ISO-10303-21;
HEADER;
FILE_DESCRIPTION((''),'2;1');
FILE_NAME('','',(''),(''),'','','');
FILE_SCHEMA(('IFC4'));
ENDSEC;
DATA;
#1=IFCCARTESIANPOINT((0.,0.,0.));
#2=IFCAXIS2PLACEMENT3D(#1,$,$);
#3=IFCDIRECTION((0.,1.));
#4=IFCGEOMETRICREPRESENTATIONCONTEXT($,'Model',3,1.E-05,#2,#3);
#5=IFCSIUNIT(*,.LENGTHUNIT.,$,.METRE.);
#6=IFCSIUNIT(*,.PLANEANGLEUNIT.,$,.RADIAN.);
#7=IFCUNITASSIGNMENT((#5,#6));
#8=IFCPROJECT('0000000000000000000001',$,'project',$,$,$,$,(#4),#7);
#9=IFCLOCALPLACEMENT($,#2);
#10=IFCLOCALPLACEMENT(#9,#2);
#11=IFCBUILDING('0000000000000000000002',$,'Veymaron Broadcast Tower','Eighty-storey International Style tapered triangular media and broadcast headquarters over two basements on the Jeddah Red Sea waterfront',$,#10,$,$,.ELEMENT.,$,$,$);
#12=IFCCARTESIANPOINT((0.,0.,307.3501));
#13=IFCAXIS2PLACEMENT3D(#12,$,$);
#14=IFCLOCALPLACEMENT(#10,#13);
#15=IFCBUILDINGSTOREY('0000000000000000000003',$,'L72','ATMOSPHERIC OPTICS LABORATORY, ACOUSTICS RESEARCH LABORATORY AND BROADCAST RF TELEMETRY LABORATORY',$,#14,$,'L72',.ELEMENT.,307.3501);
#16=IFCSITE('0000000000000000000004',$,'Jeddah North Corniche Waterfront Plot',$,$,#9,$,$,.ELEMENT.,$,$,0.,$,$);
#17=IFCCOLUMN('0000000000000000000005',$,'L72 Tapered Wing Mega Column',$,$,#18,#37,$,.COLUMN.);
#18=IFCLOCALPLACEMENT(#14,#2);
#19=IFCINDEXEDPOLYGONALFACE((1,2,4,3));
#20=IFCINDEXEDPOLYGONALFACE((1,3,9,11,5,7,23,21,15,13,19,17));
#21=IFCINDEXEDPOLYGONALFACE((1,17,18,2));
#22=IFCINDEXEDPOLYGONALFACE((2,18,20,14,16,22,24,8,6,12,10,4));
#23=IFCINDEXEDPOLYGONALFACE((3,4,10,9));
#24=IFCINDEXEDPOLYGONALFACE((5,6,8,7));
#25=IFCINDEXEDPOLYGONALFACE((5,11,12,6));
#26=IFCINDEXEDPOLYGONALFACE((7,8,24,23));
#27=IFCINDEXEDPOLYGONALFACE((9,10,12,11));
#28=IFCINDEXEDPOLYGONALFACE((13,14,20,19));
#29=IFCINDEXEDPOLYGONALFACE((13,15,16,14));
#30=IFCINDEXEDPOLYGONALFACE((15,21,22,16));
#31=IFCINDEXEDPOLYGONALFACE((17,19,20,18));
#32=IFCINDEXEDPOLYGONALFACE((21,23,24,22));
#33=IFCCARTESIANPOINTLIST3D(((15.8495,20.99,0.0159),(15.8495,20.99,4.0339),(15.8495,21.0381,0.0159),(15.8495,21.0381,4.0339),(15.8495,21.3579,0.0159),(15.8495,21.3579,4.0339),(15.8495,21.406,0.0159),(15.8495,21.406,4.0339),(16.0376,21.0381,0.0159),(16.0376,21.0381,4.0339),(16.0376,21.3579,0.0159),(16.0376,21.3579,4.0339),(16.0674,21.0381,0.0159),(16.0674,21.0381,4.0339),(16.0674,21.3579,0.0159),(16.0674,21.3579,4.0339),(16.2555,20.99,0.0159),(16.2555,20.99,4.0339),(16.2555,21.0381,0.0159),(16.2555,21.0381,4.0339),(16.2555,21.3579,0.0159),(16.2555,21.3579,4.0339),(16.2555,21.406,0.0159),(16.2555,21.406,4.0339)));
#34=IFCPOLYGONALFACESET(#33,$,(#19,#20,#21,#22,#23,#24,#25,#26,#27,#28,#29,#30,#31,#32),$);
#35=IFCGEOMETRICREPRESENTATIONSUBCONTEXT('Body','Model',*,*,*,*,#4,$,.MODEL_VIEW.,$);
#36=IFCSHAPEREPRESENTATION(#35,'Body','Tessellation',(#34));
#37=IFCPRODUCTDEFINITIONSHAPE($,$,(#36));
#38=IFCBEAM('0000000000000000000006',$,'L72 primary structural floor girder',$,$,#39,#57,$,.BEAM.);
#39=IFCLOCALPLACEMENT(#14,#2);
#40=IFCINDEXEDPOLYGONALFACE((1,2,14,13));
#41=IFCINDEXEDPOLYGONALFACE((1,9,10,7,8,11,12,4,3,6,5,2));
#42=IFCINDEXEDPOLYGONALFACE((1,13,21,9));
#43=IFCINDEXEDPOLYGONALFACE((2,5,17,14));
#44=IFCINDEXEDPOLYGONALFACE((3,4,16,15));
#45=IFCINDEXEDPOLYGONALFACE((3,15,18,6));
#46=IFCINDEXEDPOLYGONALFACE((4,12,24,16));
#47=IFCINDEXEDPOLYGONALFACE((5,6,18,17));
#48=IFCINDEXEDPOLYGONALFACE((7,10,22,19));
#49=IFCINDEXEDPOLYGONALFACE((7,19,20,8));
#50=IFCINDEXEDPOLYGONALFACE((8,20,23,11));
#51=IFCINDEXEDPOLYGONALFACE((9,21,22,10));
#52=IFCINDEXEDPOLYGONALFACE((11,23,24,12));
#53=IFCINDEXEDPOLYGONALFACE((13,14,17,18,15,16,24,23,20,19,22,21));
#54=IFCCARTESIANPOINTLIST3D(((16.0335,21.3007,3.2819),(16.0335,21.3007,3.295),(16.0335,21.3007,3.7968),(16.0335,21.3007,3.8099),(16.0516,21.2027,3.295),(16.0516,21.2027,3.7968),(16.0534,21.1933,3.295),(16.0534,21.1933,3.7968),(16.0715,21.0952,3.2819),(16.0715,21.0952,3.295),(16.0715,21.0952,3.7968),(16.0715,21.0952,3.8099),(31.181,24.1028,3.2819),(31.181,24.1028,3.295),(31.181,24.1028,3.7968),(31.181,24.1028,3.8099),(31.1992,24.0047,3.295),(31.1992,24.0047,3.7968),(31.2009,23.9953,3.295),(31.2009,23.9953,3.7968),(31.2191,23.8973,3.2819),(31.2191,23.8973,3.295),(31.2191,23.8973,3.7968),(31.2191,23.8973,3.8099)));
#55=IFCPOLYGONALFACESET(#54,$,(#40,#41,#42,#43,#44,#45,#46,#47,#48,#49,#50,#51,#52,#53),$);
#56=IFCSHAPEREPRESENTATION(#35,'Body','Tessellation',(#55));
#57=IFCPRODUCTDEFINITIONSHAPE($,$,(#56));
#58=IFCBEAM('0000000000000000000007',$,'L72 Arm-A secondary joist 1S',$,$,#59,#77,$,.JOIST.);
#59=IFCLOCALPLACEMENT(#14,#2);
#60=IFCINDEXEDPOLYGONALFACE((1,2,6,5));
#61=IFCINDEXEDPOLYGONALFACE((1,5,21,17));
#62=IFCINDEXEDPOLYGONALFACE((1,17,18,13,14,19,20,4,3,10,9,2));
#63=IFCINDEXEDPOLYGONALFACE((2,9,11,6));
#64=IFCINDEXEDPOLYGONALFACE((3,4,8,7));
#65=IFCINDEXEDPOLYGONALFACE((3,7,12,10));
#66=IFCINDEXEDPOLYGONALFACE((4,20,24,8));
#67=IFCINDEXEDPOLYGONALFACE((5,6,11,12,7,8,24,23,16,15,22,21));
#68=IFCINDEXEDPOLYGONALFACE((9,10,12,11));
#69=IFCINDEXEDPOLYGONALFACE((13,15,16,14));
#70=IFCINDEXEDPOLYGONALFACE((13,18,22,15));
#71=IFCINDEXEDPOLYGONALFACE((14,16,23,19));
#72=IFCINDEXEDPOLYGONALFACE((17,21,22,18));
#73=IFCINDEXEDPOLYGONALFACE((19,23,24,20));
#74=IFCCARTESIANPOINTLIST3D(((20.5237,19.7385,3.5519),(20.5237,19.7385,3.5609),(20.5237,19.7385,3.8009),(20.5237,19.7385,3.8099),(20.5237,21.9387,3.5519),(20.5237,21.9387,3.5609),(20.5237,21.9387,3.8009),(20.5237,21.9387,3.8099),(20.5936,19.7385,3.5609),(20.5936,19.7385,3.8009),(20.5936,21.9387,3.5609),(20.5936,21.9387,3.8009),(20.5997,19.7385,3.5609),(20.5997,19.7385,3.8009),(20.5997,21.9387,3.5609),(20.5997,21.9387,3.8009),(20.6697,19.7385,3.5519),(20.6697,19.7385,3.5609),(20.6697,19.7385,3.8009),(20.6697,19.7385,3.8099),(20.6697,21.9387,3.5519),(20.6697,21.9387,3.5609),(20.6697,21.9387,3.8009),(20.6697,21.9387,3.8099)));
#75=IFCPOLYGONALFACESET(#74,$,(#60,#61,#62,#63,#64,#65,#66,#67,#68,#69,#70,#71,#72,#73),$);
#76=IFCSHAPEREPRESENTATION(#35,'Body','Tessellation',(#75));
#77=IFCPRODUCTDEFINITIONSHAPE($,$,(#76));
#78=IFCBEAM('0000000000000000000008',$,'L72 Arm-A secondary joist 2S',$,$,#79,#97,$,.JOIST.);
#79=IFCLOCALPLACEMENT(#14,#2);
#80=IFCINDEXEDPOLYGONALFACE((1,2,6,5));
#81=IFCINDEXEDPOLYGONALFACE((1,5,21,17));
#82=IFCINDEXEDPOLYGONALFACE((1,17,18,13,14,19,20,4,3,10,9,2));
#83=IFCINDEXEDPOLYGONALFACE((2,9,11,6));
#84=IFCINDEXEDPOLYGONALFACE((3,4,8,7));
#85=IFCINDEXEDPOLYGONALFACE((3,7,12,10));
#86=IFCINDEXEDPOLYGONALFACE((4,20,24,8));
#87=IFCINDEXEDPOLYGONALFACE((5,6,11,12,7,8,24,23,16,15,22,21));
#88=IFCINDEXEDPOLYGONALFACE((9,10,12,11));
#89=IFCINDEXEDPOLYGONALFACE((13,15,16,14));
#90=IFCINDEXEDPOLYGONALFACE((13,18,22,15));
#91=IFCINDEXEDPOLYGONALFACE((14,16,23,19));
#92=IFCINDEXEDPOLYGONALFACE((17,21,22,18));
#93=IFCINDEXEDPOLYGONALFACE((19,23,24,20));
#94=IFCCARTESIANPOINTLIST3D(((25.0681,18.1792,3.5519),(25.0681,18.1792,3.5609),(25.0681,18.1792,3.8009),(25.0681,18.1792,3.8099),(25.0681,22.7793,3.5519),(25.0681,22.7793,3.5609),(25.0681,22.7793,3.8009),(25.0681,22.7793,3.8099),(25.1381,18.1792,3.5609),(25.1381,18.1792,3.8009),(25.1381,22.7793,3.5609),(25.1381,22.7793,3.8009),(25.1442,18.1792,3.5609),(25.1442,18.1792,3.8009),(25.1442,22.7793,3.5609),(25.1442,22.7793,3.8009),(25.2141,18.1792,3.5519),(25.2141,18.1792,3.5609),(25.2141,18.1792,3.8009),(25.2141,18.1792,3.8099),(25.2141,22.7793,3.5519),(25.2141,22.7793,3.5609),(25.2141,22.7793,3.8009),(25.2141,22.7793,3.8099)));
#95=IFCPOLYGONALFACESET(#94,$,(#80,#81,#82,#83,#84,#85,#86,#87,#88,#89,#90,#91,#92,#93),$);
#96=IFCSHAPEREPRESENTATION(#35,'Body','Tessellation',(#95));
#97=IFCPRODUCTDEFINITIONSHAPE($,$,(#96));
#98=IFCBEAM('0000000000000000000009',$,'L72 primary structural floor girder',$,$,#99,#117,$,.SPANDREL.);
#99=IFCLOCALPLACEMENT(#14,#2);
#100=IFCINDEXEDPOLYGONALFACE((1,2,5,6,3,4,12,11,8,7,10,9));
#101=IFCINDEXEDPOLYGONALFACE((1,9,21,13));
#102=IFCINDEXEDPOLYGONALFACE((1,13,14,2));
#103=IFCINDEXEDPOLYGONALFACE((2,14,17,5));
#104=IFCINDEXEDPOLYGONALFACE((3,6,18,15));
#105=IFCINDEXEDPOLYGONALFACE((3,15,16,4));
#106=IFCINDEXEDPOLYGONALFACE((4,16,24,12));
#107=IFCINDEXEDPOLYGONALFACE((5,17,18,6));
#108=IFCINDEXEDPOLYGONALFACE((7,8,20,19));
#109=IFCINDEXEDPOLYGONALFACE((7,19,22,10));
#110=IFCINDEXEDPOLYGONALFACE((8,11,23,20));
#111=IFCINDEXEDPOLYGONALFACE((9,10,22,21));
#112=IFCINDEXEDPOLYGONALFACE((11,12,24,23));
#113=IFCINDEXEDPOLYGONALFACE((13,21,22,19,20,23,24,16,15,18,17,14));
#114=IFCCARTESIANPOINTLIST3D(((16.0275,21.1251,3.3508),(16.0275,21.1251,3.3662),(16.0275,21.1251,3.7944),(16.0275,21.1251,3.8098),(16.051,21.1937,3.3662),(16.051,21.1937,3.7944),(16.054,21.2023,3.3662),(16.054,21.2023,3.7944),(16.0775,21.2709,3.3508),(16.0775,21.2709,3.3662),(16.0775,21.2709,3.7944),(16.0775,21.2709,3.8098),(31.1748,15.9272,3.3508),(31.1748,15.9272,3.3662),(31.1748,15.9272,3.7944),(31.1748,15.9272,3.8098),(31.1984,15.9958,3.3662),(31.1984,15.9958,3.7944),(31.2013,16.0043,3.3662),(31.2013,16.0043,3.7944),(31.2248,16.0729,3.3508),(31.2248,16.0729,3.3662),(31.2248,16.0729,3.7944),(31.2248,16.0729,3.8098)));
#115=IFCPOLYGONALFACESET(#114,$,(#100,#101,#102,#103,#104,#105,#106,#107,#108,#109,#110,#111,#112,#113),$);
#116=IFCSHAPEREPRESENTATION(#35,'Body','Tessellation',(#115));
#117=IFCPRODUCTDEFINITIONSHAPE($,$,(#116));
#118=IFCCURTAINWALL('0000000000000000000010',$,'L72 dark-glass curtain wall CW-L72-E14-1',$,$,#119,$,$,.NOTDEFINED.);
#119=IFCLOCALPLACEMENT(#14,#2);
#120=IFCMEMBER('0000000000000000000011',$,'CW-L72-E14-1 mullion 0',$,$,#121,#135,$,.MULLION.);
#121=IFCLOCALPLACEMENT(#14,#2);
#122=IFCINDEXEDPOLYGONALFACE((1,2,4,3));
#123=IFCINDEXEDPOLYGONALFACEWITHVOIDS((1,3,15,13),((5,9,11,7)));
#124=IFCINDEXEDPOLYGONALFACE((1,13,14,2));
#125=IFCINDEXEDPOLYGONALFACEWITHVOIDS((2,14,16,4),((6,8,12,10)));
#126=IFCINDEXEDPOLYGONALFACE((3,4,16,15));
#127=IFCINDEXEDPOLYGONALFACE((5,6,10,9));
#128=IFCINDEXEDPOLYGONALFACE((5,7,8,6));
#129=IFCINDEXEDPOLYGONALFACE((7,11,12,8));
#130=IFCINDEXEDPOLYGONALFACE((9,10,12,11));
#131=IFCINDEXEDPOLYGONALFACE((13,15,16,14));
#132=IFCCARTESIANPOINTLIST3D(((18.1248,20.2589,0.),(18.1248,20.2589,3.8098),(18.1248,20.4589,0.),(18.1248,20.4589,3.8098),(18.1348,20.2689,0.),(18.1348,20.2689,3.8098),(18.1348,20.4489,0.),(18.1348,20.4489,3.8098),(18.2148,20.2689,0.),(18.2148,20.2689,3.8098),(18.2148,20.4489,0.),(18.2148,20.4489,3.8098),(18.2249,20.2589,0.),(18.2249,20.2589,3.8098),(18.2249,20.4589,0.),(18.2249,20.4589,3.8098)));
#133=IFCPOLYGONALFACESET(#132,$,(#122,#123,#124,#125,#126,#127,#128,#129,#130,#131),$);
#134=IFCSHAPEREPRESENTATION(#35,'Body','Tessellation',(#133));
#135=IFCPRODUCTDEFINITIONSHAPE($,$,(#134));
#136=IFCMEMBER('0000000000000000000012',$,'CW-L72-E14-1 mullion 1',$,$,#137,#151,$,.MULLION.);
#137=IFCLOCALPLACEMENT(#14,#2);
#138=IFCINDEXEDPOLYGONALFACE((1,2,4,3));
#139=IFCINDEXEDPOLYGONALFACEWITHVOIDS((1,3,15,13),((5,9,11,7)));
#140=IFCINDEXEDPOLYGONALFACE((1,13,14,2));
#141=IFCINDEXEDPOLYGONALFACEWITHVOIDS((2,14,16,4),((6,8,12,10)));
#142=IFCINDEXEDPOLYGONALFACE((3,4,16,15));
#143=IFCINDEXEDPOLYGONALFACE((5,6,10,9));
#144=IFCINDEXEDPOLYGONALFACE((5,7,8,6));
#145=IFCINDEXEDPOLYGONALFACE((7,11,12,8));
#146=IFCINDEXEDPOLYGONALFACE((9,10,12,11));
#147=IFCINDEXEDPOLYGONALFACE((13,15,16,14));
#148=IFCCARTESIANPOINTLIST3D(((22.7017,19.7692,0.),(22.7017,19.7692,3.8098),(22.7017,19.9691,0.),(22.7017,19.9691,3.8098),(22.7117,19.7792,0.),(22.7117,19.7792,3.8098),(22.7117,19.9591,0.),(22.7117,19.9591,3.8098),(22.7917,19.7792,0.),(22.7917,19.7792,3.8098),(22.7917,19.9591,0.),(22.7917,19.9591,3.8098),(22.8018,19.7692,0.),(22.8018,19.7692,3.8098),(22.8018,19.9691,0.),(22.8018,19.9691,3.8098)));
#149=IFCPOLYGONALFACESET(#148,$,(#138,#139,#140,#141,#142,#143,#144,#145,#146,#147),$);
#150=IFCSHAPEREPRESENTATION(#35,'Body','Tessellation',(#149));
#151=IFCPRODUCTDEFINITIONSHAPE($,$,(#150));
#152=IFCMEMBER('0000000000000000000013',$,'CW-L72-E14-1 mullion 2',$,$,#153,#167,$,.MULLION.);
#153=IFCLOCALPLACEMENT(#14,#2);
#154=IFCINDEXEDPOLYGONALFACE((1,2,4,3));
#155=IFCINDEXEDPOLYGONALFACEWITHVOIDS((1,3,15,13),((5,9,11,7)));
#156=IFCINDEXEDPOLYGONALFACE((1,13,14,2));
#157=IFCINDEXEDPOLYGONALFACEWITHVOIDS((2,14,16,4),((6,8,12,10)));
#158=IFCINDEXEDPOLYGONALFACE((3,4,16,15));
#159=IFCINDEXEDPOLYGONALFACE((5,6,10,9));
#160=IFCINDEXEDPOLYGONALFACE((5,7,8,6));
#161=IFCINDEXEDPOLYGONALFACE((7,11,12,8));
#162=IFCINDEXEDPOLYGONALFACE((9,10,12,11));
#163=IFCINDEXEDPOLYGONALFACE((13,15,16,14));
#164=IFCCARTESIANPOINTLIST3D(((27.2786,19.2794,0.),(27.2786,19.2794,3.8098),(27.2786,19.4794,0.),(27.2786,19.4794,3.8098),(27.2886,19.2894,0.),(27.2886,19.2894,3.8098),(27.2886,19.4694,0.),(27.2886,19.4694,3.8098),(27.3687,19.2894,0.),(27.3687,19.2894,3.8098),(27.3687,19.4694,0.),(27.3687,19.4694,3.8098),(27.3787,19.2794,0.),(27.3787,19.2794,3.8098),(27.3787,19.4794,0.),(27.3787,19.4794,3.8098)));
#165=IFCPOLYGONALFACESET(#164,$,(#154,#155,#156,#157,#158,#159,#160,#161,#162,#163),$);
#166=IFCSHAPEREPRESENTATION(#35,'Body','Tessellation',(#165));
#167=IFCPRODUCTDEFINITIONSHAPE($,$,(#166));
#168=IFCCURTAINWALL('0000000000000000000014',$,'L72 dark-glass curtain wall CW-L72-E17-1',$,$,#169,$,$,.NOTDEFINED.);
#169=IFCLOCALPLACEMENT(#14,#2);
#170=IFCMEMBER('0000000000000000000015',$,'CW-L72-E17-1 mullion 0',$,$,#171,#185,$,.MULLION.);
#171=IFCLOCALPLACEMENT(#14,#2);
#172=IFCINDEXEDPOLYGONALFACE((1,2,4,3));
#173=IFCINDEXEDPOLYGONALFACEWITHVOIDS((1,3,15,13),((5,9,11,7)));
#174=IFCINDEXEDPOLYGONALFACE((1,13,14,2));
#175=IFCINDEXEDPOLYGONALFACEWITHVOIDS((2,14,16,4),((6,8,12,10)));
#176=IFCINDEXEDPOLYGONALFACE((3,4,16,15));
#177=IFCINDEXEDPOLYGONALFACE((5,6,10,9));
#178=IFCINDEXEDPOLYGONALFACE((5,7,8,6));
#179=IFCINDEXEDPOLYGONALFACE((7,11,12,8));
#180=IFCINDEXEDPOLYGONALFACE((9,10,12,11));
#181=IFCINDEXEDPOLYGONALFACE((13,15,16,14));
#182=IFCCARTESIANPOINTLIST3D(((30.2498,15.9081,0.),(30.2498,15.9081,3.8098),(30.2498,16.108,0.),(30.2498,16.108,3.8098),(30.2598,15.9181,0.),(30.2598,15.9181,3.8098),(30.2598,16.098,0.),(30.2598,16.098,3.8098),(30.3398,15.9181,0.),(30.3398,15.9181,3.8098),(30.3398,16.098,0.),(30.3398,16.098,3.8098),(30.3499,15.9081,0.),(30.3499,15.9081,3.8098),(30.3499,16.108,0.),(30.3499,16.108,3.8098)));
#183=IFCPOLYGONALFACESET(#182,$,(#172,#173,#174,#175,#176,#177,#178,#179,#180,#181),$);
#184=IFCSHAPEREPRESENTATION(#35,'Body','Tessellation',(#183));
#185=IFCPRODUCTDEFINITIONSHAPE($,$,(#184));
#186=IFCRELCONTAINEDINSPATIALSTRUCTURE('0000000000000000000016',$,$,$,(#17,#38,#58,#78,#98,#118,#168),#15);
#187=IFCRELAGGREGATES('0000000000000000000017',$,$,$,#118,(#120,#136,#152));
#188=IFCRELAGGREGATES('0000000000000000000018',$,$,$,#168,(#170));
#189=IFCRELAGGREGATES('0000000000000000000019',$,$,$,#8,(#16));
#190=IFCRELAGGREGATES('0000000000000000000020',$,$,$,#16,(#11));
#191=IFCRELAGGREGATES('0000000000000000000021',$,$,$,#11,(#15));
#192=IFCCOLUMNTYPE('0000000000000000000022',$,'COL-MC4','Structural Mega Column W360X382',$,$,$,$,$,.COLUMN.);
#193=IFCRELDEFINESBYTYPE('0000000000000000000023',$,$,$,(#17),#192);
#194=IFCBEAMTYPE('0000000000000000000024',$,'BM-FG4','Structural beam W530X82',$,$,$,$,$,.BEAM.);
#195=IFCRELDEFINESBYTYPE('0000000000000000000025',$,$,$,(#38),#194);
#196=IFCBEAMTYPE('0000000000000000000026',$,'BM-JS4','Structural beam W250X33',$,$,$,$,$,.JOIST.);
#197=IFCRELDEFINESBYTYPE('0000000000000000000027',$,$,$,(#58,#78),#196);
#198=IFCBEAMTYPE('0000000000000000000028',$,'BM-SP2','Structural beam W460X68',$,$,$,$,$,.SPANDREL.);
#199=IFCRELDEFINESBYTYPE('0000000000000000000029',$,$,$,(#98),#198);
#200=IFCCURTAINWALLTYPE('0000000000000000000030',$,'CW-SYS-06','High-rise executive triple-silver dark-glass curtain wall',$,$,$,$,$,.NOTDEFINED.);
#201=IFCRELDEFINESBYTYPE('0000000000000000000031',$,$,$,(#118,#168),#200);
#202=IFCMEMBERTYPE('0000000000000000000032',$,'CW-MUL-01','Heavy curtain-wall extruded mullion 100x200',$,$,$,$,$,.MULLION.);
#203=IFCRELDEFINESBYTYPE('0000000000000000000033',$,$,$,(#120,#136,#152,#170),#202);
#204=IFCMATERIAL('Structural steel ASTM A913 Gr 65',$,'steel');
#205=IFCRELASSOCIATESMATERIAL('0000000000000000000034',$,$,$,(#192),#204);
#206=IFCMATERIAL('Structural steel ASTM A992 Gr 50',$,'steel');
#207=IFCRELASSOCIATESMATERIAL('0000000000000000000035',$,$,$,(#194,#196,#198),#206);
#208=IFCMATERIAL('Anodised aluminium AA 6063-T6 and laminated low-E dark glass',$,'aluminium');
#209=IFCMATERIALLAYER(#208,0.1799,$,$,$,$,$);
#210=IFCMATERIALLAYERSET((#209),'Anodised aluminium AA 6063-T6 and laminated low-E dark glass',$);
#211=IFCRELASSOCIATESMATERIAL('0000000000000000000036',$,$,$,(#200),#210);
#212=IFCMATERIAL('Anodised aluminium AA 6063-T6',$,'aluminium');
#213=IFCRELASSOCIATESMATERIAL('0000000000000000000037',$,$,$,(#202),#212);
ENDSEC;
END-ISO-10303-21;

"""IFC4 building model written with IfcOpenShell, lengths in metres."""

from ifc_helpers import new_model, si_unit, direction, frame, origin, origin_2d, place, context, subcontext, project, spatial, hollow_rectangle, i_section, extrude, material, layer, layer_set, material_profile, profile_set, type_object, element, aggregate, save


model = new_model("IFC4")

# Units and contexts
model_context = context("Model", 3, precision=1e-05, world=origin(), true_north=direction((0.0, 1.0)))
body_context = subcontext(model_context, "Body", "Model", "MODEL_VIEW")
ifc_project = project(units=[si_unit("LENGTHUNIT", "METRE"), si_unit("PLANEANGLEUNIT", "RADIAN")], contexts=[model_context])

# Site, building, storey
site_placement = place(None, origin())
site = spatial("IfcSite", under=ifc_project, at=site_placement, Name="Jeddah North Corniche Waterfront Plot", CompositionType="ELEMENT", RefElevation=0.0)
building_placement = place(site_placement, origin())
building = spatial("IfcBuilding", under=site, at=building_placement, Name="Veymaron Broadcast Tower", Description="Eighty-storey International Style tapered triangular media and broadcast headquarters over two basements on the Jeddah Red Sea waterfront", CompositionType="ELEMENT")
storey_placement = place(building_placement, frame((0.0, 0.0, 307.3501)))
storey = spatial("IfcBuildingStorey", under=building, at=storey_placement, Name="L72", Description="ATMOSPHERIC OPTICS LABORATORY, ACOUSTICS RESEARCH LABORATORY AND BROADCAST RF TELEMETRY LABORATORY", LongName="L72", CompositionType="ELEMENT", Elevation=307.3501)

# Column
ifc_material_1 = material(Name="Structural steel ASTM A913 Gr 65", Category="steel")
ifc_material_profile_1 = material_profile(ifc_material_1, i_section(OverallWidth=0.406, OverallDepth=0.416, WebThickness=0.0298, FlangeThickness=0.0481, at=origin_2d()), Name="W360X382")
ifc_profile_set_1 = profile_set([ifc_material_profile_1], Name="Structural steel ASTM A913 Gr 65")
column_type = type_object("IfcColumnType", Name="COL-MC4", Description="Structural Mega Column W360X382", PredefinedType="COLUMN", material=ifc_profile_set_1)
column_placement = place(storey_placement, frame((16.0525, 21.198, 0.0159), z_axis=(0.0, 0.0, 1.0), x_axis=(1.0, 0.0, 0.0)))
element("IfcColumn", 1, at=column_placement, inside=storey, type_object=column_type, Name="L72 Tapered Wing Mega Column", PredefinedType="COLUMN", context=body_context, shape_type="SweptSolid", body=[
    extrude(i_section(OverallWidth=0.406, OverallDepth=0.416, WebThickness=0.0298, FlangeThickness=0.0481, at=origin_2d()), origin(), (0.0, 0.0, 1.0), 4.0181),
])

# Beams
ifc_material_2 = material(Name="Structural steel ASTM A992 Gr 50", Category="steel")
ifc_material_profile_2 = material_profile(ifc_material_2, i_section(OverallWidth=0.209, OverallDepth=0.5281, WebThickness=0.0095, FlangeThickness=0.0132, at=origin_2d()), Name="W530X82")
ifc_profile_set_2 = profile_set([ifc_material_profile_2], Name="Structural steel ASTM A992 Gr 50")
beam_type_1 = type_object("IfcBeamType", Name="BM-FG4", Description="Structural beam W530X82", PredefinedType="BEAM", material=ifc_profile_set_2)
beam_1_placement = place(storey_placement, frame((16.0525, 21.198, 3.5459), z_axis=(0.983318, 0.181896, 0.0), x_axis=(-0.181896, 0.983318, 0.0)))
element("IfcBeam", 2, at=beam_1_placement, inside=storey, type_object=beam_type_1, Name="L72 primary structural floor girder", PredefinedType="BEAM", context=body_context, shape_type="SweptSolid", body=[
    extrude(i_section(OverallWidth=0.209, OverallDepth=0.5281, WebThickness=0.0095, FlangeThickness=0.0132, at=origin_2d()), origin(), (0.0, 0.0, 1.0), 15.4045),
])
ifc_material_profile_3 = material_profile(ifc_material_2, i_section(OverallWidth=0.146, OverallDepth=0.2581, WebThickness=0.0061, FlangeThickness=0.009, at=origin_2d()), Name="W250X33")
ifc_profile_set_3 = profile_set([ifc_material_profile_3], Name="Structural steel ASTM A992 Gr 50")
beam_type_2 = type_object("IfcBeamType", Name="BM-JS4", Description="Structural beam W250X33", PredefinedType="JOIST", material=ifc_profile_set_3)
beam_2_placement = place(storey_placement, frame((20.5967, 19.7385, 3.6809), z_axis=(0.0, 1.0, 0.0), x_axis=(-1.0, 0.0, 0.0)))
element("IfcBeam", 3, at=beam_2_placement, inside=storey, type_object=beam_type_2, Name="L72 Arm-A secondary joist 1S", PredefinedType="JOIST", context=body_context, shape_type="SweptSolid", body=[
    extrude(i_section(OverallWidth=0.146, OverallDepth=0.2581, WebThickness=0.0061, FlangeThickness=0.009, at=origin_2d()), origin(), (0.0, 0.0, 1.0), 2.2002),
])
beam_3_placement = place(storey_placement, frame((25.1411, 18.1792, 3.6809), z_axis=(0.0, 1.0, 0.0), x_axis=(-1.0, 0.0, 0.0)))
element("IfcBeam", 4, at=beam_3_placement, inside=storey, type_object=beam_type_2, Name="L72 Arm-A secondary joist 2S", PredefinedType="JOIST", context=body_context, shape_type="SweptSolid", body=[
    extrude(i_section(OverallWidth=0.146, OverallDepth=0.2581, WebThickness=0.0061, FlangeThickness=0.009, at=origin_2d()), origin(), (0.0, 0.0, 1.0), 4.6001),
])
ifc_material_profile_4 = material_profile(ifc_material_2, i_section(OverallWidth=0.1541, OverallDepth=0.459, WebThickness=0.009, FlangeThickness=0.0154, at=origin_2d()), Name="W460X68")
ifc_profile_set_4 = profile_set([ifc_material_profile_4], Name="Structural steel ASTM A992 Gr 50")
beam_type_3 = type_object("IfcBeamType", Name="BM-SP2", Description="Structural beam W460X68", PredefinedType="SPANDREL", material=ifc_profile_set_4)
beam_4_placement = place(storey_placement, frame((16.0525, 21.198, 3.5803), z_axis=(0.945858, -0.32458, 0.0), x_axis=(0.32458, 0.945858, 0.0)))
element("IfcBeam", 5, at=beam_4_placement, inside=storey, type_object=beam_type_3, Name="L72 primary structural floor girder", PredefinedType="SPANDREL", context=body_context, shape_type="SweptSolid", body=[
    extrude(i_section(OverallWidth=0.1541, OverallDepth=0.459, WebThickness=0.009, FlangeThickness=0.0154, at=origin_2d()), origin(), (0.0, 0.0, 1.0), 16.0144),
])

# Curtain wall, members
ifc_material_3 = material(Name="Anodised aluminium AA 6063-T6 and laminated low-E dark glass", Category="aluminium")
ifc_layer_1 = layer(ifc_material_3, 0.1799)
ifc_layer_set_1 = layer_set([ifc_layer_1], Name="Anodised aluminium AA 6063-T6 and laminated low-E dark glass")
curtain_wall_type = type_object("IfcCurtainWallType", Name="CW-SYS-06", Description="High-rise executive triple-silver dark-glass curtain wall", PredefinedType="NOTDEFINED", material=ifc_layer_set_1)
curtain_wall_1_placement = place(storey_placement, origin())
curtain_wall_1 = element("IfcCurtainWall", 6, at=curtain_wall_1_placement, inside=storey, type_object=curtain_wall_type, Name="L72 dark-glass curtain wall CW-L72-E14-1", PredefinedType="NOTDEFINED")
ifc_material_4 = material(Name="Anodised aluminium AA 6063-T6", Category="aluminium")
ifc_material_profile_5 = material_profile(ifc_material_4, hollow_rectangle(XDim=0.1001, YDim=0.2, WallThickness=0.01, at=origin_2d()), Name="RHS200X100X10")
ifc_profile_set_5 = profile_set([ifc_material_profile_5], Name="Anodised aluminium AA 6063-T6")
member_type_1 = type_object("IfcMemberType", Name="CW-MUL-01", Description="Heavy curtain-wall extruded mullion 100x200", PredefinedType="MULLION", material=ifc_profile_set_5)
member_1_placement = place(storey_placement, frame((18.1748, 20.3589, 0.0), z_axis=(0.0, 0.0, 1.0), x_axis=(1.0, 0.0, 0.0)))
member_1 = element("IfcMember", 7, at=member_1_placement, type_object=member_type_1, Name="CW-L72-E14-1 mullion 0", PredefinedType="MULLION", context=body_context, shape_type="SweptSolid", body=[
    extrude(hollow_rectangle(XDim=0.1001, YDim=0.2, WallThickness=0.01, at=origin_2d()), origin(), (0.0, 0.0, 1.0), 3.8098),
])
member_2_placement = place(storey_placement, frame((22.7517, 19.8691, 0.0), z_axis=(0.0, 0.0, 1.0), x_axis=(1.0, 0.0, 0.0)))
member_2 = element("IfcMember", 8, at=member_2_placement, type_object=member_type_1, Name="CW-L72-E14-1 mullion 1", PredefinedType="MULLION", context=body_context, shape_type="SweptSolid", body=[
    extrude(hollow_rectangle(XDim=0.1001, YDim=0.2, WallThickness=0.01, at=origin_2d()), origin(), (0.0, 0.0, 1.0), 3.8098),
])
member_3_placement = place(storey_placement, frame((27.3286, 19.3794, 0.0), z_axis=(0.0, 0.0, 1.0), x_axis=(1.0, 0.0, 0.0)))
member_3 = element("IfcMember", 9, at=member_3_placement, type_object=member_type_1, Name="CW-L72-E14-1 mullion 2", PredefinedType="MULLION", context=body_context, shape_type="SweptSolid", body=[
    extrude(hollow_rectangle(XDim=0.1001, YDim=0.2, WallThickness=0.01, at=origin_2d()), origin(), (0.0, 0.0, 1.0), 3.8098),
])

# Curtain wall, member
curtain_wall_2_placement = place(storey_placement, origin())
curtain_wall_2 = element("IfcCurtainWall", 10, at=curtain_wall_2_placement, inside=storey, type_object=curtain_wall_type, Name="L72 dark-glass curtain wall CW-L72-E17-1", PredefinedType="NOTDEFINED")
member_4_placement = place(storey_placement, frame((30.2998, 16.0081, 0.0), z_axis=(0.0, 0.0, 1.0), x_axis=(1.0, 0.0, 0.0)))
member_4 = element("IfcMember", 11, at=member_4_placement, type_object=member_type_1, Name="CW-L72-E17-1 mullion 0", PredefinedType="MULLION", context=body_context, shape_type="SweptSolid", body=[
    extrude(hollow_rectangle(XDim=0.1001, YDim=0.2, WallThickness=0.01, at=origin_2d()), origin(), (0.0, 0.0, 1.0), 3.8098),
])

aggregate(curtain_wall_1, [member_1, member_2, member_3])
aggregate(curtain_wall_2, [member_4])

save(model, "model.ifc")
